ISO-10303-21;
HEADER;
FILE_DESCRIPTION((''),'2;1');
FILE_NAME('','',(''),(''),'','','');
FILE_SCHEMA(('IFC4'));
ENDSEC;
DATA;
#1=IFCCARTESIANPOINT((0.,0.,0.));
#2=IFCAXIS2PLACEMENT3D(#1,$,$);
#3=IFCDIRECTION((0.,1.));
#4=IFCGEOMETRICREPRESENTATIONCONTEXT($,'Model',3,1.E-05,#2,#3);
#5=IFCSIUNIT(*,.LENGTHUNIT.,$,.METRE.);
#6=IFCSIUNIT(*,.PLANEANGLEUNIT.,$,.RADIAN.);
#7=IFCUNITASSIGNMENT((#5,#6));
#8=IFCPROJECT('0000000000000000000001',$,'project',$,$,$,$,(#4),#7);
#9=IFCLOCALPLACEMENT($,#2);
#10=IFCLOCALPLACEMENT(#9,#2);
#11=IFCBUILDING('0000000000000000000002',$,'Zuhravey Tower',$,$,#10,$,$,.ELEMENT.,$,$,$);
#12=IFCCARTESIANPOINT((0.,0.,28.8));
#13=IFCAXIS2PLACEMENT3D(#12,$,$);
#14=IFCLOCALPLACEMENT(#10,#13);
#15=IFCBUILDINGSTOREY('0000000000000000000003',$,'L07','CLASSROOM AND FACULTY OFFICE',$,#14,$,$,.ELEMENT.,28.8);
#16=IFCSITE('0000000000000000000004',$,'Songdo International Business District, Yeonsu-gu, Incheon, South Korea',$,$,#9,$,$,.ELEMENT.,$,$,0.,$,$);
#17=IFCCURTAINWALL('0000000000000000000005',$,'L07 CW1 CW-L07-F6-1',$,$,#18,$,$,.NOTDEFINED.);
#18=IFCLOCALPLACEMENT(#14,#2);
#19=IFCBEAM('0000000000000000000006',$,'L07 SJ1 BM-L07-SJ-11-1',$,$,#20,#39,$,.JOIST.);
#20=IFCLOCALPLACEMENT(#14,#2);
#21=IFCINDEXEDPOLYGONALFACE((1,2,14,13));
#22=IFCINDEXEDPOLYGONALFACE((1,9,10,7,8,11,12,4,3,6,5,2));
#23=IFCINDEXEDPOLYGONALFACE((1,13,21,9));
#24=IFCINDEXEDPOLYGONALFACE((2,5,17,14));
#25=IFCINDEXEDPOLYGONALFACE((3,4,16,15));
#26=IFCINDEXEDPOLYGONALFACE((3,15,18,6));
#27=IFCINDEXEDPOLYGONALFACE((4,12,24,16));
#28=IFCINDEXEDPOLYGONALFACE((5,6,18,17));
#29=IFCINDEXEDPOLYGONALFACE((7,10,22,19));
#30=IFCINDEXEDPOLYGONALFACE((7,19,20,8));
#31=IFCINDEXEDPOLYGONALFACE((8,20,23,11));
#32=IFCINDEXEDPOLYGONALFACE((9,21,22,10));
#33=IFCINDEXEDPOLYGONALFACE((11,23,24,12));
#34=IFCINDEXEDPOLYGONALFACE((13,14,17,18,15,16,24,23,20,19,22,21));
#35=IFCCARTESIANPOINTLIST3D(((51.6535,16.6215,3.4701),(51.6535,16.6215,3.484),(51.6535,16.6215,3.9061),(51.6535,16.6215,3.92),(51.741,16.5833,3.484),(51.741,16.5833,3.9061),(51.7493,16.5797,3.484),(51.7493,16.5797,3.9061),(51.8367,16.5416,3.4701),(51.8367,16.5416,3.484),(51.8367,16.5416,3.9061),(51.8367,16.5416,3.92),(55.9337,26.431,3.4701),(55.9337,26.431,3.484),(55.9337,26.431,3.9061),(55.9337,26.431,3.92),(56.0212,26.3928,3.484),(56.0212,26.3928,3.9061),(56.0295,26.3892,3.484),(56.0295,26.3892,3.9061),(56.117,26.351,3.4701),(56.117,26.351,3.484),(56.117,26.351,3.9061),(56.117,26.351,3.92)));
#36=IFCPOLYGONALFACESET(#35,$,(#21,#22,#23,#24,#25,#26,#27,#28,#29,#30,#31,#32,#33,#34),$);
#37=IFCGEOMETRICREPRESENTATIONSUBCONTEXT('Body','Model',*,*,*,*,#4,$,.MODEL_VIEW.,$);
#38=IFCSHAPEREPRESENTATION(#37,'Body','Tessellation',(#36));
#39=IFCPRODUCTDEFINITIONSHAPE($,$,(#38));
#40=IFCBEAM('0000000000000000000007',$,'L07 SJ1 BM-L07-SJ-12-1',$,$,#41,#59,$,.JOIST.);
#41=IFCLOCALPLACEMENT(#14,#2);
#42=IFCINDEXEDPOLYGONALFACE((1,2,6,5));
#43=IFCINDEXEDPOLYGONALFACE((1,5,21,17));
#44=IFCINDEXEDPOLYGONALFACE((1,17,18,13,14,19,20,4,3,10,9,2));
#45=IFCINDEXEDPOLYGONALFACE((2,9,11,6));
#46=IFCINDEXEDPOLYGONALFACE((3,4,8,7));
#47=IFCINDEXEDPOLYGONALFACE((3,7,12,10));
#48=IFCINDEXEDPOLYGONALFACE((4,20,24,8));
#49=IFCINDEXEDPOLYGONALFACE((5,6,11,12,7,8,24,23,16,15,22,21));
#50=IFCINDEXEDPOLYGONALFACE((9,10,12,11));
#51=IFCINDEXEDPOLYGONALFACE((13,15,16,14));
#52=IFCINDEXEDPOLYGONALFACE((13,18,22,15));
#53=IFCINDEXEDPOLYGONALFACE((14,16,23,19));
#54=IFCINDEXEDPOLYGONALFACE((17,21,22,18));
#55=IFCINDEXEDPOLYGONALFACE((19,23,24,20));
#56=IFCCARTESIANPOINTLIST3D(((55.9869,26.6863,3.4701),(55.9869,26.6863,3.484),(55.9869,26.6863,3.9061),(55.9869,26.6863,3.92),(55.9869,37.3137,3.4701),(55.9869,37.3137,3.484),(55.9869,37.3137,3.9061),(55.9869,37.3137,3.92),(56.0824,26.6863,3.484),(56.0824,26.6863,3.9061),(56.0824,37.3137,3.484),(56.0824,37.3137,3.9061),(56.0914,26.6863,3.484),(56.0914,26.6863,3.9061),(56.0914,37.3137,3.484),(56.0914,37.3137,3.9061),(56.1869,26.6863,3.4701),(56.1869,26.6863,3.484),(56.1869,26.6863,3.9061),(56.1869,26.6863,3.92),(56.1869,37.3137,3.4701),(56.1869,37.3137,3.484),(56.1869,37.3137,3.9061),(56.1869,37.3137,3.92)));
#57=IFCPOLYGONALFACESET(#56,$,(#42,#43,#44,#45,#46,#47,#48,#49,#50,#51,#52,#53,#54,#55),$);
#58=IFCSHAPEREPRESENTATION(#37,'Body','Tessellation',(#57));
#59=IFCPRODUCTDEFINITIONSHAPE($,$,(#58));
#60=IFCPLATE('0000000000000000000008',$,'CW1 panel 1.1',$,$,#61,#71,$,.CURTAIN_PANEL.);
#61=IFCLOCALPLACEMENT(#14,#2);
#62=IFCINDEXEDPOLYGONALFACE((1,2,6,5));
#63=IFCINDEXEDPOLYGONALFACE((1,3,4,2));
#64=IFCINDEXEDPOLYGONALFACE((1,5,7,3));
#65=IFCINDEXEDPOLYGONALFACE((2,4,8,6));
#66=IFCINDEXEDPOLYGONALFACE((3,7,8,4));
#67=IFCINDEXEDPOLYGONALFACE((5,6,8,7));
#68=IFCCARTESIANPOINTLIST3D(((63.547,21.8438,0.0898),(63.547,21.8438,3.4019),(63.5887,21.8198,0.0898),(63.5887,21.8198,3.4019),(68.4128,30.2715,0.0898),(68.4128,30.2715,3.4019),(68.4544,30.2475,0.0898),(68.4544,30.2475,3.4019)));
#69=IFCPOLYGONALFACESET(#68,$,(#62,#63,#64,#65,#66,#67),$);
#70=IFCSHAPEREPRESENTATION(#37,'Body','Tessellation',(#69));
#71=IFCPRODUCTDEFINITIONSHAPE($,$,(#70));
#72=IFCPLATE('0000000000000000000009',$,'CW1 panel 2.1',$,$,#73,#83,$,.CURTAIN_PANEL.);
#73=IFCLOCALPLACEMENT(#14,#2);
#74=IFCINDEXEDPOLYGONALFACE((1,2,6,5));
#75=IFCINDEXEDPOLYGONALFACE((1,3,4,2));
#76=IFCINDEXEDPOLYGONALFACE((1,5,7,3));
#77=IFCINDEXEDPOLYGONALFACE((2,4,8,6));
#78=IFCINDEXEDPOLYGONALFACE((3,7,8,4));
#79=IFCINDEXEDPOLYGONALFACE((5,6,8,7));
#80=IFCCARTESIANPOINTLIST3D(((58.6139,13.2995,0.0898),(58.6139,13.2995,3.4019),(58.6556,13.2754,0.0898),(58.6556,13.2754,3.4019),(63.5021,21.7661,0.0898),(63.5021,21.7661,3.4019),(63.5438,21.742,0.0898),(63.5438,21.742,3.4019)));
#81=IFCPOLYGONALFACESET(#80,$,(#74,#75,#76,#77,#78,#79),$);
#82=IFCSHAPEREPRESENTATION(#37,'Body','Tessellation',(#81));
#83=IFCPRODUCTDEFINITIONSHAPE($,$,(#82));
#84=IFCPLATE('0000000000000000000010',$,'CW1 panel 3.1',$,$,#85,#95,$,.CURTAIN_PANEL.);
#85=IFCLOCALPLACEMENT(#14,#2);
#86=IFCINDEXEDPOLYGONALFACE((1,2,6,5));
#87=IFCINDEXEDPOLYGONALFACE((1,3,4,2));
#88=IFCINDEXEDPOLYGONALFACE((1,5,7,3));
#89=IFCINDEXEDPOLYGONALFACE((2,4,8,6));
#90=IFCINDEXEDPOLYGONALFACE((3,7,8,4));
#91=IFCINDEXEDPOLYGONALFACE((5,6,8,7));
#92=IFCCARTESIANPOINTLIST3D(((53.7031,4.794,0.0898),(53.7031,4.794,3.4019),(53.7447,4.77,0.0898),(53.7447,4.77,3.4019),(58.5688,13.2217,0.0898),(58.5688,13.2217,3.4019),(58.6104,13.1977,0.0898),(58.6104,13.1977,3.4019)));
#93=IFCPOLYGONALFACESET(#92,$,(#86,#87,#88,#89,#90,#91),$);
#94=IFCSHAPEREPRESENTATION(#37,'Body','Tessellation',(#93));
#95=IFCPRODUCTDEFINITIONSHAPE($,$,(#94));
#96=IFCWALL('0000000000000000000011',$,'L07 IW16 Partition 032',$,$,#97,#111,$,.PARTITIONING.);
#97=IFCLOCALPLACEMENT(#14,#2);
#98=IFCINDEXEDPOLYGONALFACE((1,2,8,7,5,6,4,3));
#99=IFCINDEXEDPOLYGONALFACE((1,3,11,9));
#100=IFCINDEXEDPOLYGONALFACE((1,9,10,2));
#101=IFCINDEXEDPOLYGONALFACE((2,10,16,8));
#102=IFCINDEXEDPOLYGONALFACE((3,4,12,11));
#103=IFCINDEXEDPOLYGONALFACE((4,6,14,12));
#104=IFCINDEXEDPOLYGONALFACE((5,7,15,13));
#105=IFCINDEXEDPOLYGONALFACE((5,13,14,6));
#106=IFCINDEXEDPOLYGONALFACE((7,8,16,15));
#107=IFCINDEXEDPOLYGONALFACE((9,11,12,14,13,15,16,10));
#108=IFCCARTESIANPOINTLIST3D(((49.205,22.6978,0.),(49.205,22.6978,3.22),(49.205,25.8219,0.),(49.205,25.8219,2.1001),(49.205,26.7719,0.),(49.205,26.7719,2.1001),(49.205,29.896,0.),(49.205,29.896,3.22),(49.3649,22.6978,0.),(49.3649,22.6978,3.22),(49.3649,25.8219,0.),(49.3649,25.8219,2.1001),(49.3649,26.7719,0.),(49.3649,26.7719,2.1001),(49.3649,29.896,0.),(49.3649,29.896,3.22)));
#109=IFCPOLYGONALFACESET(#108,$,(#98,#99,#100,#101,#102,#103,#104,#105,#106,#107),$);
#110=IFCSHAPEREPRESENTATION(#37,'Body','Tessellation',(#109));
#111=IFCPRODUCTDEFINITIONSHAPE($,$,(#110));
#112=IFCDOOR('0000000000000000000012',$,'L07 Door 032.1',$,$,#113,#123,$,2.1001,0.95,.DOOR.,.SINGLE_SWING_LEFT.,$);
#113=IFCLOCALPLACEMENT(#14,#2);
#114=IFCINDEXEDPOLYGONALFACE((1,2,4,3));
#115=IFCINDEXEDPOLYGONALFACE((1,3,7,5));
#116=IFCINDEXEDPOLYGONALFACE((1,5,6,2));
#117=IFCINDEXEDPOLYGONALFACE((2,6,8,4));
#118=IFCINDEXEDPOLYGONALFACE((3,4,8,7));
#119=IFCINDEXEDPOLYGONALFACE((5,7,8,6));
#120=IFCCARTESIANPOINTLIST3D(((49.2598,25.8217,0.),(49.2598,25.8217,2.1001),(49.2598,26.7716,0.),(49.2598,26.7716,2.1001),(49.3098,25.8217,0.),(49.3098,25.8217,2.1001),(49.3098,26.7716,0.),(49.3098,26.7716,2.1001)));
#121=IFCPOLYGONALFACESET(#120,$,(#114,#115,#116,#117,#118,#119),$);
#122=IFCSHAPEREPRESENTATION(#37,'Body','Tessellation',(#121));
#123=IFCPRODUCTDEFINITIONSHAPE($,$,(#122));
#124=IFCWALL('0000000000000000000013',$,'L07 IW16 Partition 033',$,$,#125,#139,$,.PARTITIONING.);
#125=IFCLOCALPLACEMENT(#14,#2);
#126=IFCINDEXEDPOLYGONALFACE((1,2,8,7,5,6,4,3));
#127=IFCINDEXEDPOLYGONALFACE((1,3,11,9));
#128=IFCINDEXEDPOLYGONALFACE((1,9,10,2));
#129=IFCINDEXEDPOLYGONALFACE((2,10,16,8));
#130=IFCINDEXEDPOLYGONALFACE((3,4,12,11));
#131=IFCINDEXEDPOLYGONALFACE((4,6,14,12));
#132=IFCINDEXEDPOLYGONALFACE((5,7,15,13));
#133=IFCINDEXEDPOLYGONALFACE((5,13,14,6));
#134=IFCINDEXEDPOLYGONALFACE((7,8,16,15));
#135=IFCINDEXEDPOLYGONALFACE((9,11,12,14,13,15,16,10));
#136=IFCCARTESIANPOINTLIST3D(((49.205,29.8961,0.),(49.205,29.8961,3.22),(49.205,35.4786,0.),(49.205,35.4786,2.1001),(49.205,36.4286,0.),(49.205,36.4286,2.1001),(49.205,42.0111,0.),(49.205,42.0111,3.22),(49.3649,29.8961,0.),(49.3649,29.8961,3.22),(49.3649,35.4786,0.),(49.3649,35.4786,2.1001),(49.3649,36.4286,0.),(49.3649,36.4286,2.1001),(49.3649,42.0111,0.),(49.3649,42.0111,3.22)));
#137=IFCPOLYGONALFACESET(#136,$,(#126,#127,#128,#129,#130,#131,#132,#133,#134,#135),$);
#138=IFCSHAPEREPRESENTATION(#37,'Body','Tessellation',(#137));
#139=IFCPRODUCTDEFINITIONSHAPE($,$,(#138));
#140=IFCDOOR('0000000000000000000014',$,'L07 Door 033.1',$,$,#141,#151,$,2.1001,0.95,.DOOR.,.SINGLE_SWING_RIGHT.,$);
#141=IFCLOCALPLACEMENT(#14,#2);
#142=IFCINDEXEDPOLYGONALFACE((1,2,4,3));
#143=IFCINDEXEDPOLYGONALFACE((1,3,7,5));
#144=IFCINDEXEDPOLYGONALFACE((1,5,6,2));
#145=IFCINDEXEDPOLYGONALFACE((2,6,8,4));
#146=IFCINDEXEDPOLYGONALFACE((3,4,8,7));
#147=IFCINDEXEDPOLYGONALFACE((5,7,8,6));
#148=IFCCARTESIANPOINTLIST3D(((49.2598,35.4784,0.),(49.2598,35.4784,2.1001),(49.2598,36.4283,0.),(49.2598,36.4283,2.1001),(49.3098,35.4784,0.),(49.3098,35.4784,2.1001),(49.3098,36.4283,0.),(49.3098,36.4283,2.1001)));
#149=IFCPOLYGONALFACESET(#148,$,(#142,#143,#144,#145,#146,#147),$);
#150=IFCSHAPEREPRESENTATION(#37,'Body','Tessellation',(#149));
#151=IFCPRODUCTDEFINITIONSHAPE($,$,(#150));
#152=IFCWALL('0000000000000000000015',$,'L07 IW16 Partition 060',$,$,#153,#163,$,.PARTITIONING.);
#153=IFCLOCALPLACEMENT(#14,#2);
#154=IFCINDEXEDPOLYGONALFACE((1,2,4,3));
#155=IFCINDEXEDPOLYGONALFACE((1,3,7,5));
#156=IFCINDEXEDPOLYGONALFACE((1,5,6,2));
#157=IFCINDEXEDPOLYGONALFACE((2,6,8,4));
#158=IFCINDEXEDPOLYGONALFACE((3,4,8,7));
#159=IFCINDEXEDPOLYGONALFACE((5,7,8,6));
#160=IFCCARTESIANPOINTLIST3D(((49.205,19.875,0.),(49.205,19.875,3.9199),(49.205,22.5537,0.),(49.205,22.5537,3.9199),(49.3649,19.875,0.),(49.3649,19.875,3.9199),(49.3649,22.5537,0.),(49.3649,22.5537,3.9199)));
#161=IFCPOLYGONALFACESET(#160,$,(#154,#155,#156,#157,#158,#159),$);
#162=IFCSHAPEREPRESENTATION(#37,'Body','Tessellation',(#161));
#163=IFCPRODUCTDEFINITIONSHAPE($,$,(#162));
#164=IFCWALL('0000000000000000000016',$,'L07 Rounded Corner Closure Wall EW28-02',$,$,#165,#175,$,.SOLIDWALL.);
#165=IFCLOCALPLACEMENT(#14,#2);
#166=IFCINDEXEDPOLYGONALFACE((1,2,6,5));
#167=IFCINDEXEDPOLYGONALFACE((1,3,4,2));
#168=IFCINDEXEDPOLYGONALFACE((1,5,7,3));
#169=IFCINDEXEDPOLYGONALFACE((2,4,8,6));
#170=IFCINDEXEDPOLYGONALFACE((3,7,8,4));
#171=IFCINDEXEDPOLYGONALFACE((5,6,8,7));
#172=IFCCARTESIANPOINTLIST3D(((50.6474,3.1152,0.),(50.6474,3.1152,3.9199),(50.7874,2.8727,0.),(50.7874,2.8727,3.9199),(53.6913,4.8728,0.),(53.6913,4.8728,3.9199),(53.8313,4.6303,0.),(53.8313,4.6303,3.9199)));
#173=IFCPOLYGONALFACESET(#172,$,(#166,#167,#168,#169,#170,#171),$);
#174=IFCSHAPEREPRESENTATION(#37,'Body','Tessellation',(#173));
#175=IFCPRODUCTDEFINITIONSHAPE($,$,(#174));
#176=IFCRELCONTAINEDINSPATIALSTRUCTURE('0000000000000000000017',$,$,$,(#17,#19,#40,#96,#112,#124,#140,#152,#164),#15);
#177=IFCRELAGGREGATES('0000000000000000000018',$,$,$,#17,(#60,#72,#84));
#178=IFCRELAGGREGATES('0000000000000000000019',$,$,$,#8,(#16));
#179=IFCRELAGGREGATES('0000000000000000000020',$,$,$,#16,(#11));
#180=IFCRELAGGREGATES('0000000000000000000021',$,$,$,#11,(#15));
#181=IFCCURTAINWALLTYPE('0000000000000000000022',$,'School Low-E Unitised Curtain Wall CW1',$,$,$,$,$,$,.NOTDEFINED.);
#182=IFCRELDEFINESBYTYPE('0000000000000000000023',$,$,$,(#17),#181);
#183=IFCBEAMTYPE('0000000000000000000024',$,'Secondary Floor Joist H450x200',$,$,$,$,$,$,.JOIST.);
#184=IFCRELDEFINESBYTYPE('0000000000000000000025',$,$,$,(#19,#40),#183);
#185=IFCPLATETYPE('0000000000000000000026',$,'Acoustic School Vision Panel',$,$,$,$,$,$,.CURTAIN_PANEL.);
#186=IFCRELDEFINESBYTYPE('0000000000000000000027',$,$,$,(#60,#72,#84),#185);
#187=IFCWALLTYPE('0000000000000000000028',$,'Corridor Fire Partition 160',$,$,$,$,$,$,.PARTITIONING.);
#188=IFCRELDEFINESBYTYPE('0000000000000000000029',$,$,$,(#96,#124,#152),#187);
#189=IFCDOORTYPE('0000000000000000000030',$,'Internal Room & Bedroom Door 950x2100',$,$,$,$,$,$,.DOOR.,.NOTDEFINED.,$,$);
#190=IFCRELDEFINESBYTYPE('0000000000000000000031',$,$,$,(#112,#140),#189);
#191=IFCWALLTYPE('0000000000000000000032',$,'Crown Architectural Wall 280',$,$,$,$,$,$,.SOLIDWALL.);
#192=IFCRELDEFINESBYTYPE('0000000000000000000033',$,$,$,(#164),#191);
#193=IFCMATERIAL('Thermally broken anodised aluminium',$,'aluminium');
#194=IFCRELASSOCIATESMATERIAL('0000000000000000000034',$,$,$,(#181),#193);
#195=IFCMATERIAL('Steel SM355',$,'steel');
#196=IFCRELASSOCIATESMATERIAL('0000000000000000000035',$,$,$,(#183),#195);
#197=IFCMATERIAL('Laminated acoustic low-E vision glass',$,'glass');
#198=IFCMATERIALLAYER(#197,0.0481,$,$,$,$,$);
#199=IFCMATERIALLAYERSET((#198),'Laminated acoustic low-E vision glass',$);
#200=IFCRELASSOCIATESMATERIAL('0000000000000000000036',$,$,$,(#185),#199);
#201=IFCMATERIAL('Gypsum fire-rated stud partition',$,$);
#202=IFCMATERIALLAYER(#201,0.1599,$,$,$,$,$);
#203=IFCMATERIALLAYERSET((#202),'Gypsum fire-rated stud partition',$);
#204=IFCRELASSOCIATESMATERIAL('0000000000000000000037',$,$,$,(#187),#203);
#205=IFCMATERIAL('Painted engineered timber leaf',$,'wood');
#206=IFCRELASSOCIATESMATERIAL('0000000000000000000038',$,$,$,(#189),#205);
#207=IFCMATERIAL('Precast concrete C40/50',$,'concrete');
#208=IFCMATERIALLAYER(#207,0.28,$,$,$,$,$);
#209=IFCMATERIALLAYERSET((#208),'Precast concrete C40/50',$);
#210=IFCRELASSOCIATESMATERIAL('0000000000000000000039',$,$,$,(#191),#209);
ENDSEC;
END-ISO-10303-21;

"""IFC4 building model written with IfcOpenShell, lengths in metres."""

from ifc_helpers import new_model, si_unit, direction, frame, frame_2d, origin, origin_2d, place, context, subcontext, project, spatial, rectangle, i_section, extrude, material, layer, layer_set, material_profile, profile_set, type_object, element, fill, aggregate, save


model = new_model("IFC4")

# Units and contexts
model_context = context("Model", 3, precision=1e-05, world=origin(), true_north=direction((0.0, 1.0)))
body_context = subcontext(model_context, "Body", "Model", "MODEL_VIEW")
ifc_project = project(units=[si_unit("LENGTHUNIT", "METRE"), si_unit("PLANEANGLEUNIT", "RADIAN")], contexts=[model_context])

# Site, building, storey
site_placement = place(None, origin())
site = spatial("IfcSite", under=ifc_project, at=site_placement, Name="Songdo International Business District, Yeonsu-gu, Incheon, South Korea", CompositionType="ELEMENT", RefElevation=0.0)
building_placement = place(site_placement, origin())
building = spatial("IfcBuilding", under=site, at=building_placement, Name="Zuhravey Tower", CompositionType="ELEMENT")
storey_placement = place(building_placement, frame((0.0, 0.0, 28.8)))
storey = spatial("IfcBuildingStorey", under=building, at=storey_placement, Name="L07", Description="CLASSROOM AND FACULTY OFFICE", CompositionType="ELEMENT", Elevation=28.8)

# Curtain wall
ifc_material_1 = material(Name="Thermally broken anodised aluminium", Category="aluminium")
curtain_wall_type = type_object("IfcCurtainWallType", Name="School Low-E Unitised Curtain Wall CW1", PredefinedType="NOTDEFINED", material=ifc_material_1)
curtain_wall_1_placement = place(storey_placement, origin())
curtain_wall_1 = element("IfcCurtainWall", 1, at=curtain_wall_1_placement, inside=storey, type_object=curtain_wall_type, Name="L07 CW1 CW-L07-F6-1", PredefinedType="NOTDEFINED")

# Beams
ifc_material_2 = material(Name="Steel SM355", Category="steel")
ifc_material_profile_1 = material_profile(ifc_material_2, i_section(OverallWidth=0.2, OverallDepth=0.45, WebThickness=0.009, FlangeThickness=0.0139, at=origin_2d()), Name="H-450x200x9x14")
ifc_profile_set_1 = profile_set([ifc_material_profile_1], Name="Steel SM355")
beam_type_1 = type_object("IfcBeamType", Name="Secondary Floor Joist H450x200", PredefinedType="JOIST", material=ifc_profile_set_1)
beam_1_placement = place(storey_placement, frame((51.7451, 16.5815, 3.6951), z_axis=(0.399924, 0.916549, 0.0), x_axis=(-0.916549, 0.399924, 0.0)))
element("IfcBeam", 2, at=beam_1_placement, inside=storey, type_object=beam_type_1, Name="L07 SJ1 BM-L07-SJ-11-1", PredefinedType="JOIST", context=body_context, shape_type="SweptSolid", body=[
    extrude(i_section(OverallWidth=0.2, OverallDepth=0.45, WebThickness=0.009, FlangeThickness=0.0139, at=origin_2d()), origin(), (0.0, 0.0, 1.0), 10.7026),
])
beam_2_placement = place(storey_placement, frame((56.0869, 26.6863, 3.6951), z_axis=(0.0, 1.0, 0.0), x_axis=(-1.0, 0.0, 0.0)))
element("IfcBeam", 3, at=beam_2_placement, inside=storey, type_object=beam_type_1, Name="L07 SJ1 BM-L07-SJ-12-1", PredefinedType="JOIST", context=body_context, shape_type="SweptSolid", body=[
    extrude(i_section(OverallWidth=0.2, OverallDepth=0.45, WebThickness=0.009, FlangeThickness=0.0139, at=origin_2d()), origin(), (0.0, 0.0, 1.0), 10.6274),
])

# Plates
ifc_material_3 = material(Name="Laminated acoustic low-E vision glass", Category="glass")
ifc_layer_1 = layer(ifc_material_3, 0.0481)
ifc_layer_set_1 = layer_set([ifc_layer_1], Name="Laminated acoustic low-E vision glass")
plate_type = type_object("IfcPlateType", Name="Acoustic School Vision Panel", PredefinedType="CURTAIN_PANEL", material=ifc_layer_set_1)
plate_1_placement = place(storey_placement, frame((66.0007, 26.0457, 0.0898), z_axis=(0.0, 0.0, 1.0), x_axis=(-0.5, -0.866026, 0.0)))
plate_1 = element("IfcPlate", 4, at=plate_1_placement, type_object=plate_type, Name="CW1 panel 1.1", PredefinedType="CURTAIN_PANEL", context=body_context, shape_type="SweptSolid", body=[
    extrude(rectangle(XDim=9.7314, YDim=0.0481, at=origin_2d()), origin(), (0.0, 0.0, 1.0), 3.312),
])
plate_2_placement = place(storey_placement, frame((61.0789, 17.5208, 0.0898), z_axis=(0.0, 0.0, 1.0), x_axis=(-0.5, -0.866026, 0.0)))
plate_2 = element("IfcPlate", 5, at=plate_2_placement, type_object=plate_type, Name="CW1 panel 2.1", PredefinedType="CURTAIN_PANEL", context=body_context, shape_type="SweptSolid", body=[
    extrude(rectangle(XDim=9.7764, YDim=0.0481, at=origin_2d()), origin(), (0.0, 0.0, 1.0), 3.312),
])
plate_3_placement = place(storey_placement, frame((56.1567, 8.9958, 0.0898), z_axis=(0.0, 0.0, 1.0), x_axis=(-0.5, -0.866026, 0.0)))
plate_3 = element("IfcPlate", 6, at=plate_3_placement, type_object=plate_type, Name="CW1 panel 3.1", PredefinedType="CURTAIN_PANEL", context=body_context, shape_type="SweptSolid", body=[
    extrude(rectangle(XDim=9.7314, YDim=0.0481, at=origin_2d()), origin(), (0.0, 0.0, 1.0), 3.312),
])
aggregate(curtain_wall_1, [plate_1, plate_2, plate_3])

# Walls, openings, doors
ifc_material_4 = material(Name="Gypsum fire-rated stud partition")
ifc_layer_2 = layer(ifc_material_4, 0.1599)
ifc_layer_set_2 = layer_set([ifc_layer_2], Name="Gypsum fire-rated stud partition")
wall_type_1 = type_object("IfcWallType", Name="Corridor Fire Partition 160", PredefinedType="PARTITIONING", material=ifc_layer_set_2)
wall_1_placement = place(storey_placement, frame((49.2849, 22.6978, 0.0), z_axis=(0.0, 0.0, 1.0), x_axis=(0.0, 1.0, 0.0)))
wall_1 = element("IfcWall", 7, at=wall_1_placement, inside=storey, type_object=wall_type_1, Name="L07 IW16 Partition 032", PredefinedType="PARTITIONING", context=body_context, shape_type="SweptSolid", body=[
    extrude(rectangle(XDim=7.1982, YDim=0.1599, at=frame_2d((3.5991, 0.0))), origin(), (0.0, 0.0, 1.0), 3.22),
])
opening_1_placement = place(wall_1_placement, frame((3.124, 0.0, 0.0)))
opening_1 = element("IfcOpeningElement", 8, at=opening_1_placement, cuts=wall_1, PredefinedType="OPENING", context=body_context, shape_type="SweptSolid", body=[
    extrude(rectangle(XDim=0.95, YDim=2.1001, at=frame_2d((0.4751, 1.05))), frame((0.0, 0.092, 0.0), z_axis=(0.0, -1.0, 0.0), x_axis=(1.0, 0.0, 0.0)), (0.0, 0.0, 1.0), 0.1838),
])
ifc_material_5 = material(Name="Painted engineered timber leaf", Category="wood")
door_type = type_object("IfcDoorType", Name="Internal Room & Bedroom Door 950x2100", OperationType="NOTDEFINED", PredefinedType="DOOR", material=ifc_material_5)
door_1_placement = place(opening_1_placement, frame((0.95, 0.0, 0.0), z_axis=(0.0, 0.0, 1.0), x_axis=(-1.0, 0.0, 0.0)))
door_1 = element("IfcDoor", 9, at=door_1_placement, inside=storey, type_object=door_type, Name="L07 Door 032.1", OperationType="SINGLE_SWING_LEFT", OverallHeight=2.1001, OverallWidth=0.95, PredefinedType="DOOR", context=body_context, shape_type="SweptSolid", body=[
    extrude(rectangle(XDim=0.95, YDim=2.1001, at=frame_2d((0.4751, 1.05))), frame((0.0, 0.0249, 0.0), z_axis=(0.0, -1.0, 0.0), x_axis=(1.0, 0.0, 0.0)), (0.0, 0.0, 1.0), 0.05),
])
fill(opening_1, door_1)
wall_2_placement = place(storey_placement, frame((49.2849, 29.896, 0.0), z_axis=(0.0, 0.0, 1.0), x_axis=(0.0, 1.0, 0.0)))
wall_2 = element("IfcWall", 10, at=wall_2_placement, inside=storey, type_object=wall_type_1, Name="L07 IW16 Partition 033", PredefinedType="PARTITIONING", context=body_context, shape_type="SweptSolid", body=[
    extrude(rectangle(XDim=12.115, YDim=0.1599, at=frame_2d((6.0576, 0.0))), origin(), (0.0, 0.0, 1.0), 3.22),
])
opening_2_placement = place(wall_2_placement, frame((5.5825, 0.0, 0.0)))
opening_2 = element("IfcOpeningElement", 11, at=opening_2_placement, cuts=wall_2, PredefinedType="OPENING", context=body_context, shape_type="SweptSolid", body=[
    extrude(rectangle(XDim=0.95, YDim=2.1001, at=frame_2d((0.4751, 1.05))), frame((0.0, 0.092, 0.0), z_axis=(0.0, -1.0, 0.0), x_axis=(1.0, 0.0, 0.0)), (0.0, 0.0, 1.0), 0.1838),
])
door_2_placement = place(opening_2_placement, frame((0.95, 0.0, 0.0), z_axis=(0.0, 0.0, 1.0), x_axis=(-1.0, 0.0, 0.0)))
door_2 = element("IfcDoor", 12, at=door_2_placement, inside=storey, type_object=door_type, Name="L07 Door 033.1", OperationType="SINGLE_SWING_RIGHT", OverallHeight=2.1001, OverallWidth=0.95, PredefinedType="DOOR", context=body_context, shape_type="SweptSolid", body=[
    extrude(rectangle(XDim=0.95, YDim=2.1001, at=frame_2d((0.4751, 1.05))), frame((0.0, 0.0249, 0.0), z_axis=(0.0, -1.0, 0.0), x_axis=(1.0, 0.0, 0.0)), (0.0, 0.0, 1.0), 0.05),
])
fill(opening_2, door_2)

# Walls
wall_3_placement = place(storey_placement, frame((49.2849, 19.875, 0.0), z_axis=(0.0, 0.0, 1.0), x_axis=(0.0, 1.0, 0.0)))
element("IfcWall", 13, at=wall_3_placement, inside=storey, type_object=wall_type_1, Name="L07 IW16 Partition 060", PredefinedType="PARTITIONING", context=body_context, shape_type="SweptSolid", body=[
    extrude(rectangle(XDim=2.6787, YDim=0.1599, at=frame_2d((1.3394, 0.0))), origin(), (0.0, 0.0, 1.0), 3.9199),
])
ifc_material_6 = material(Name="Precast concrete C40/50", Category="concrete")
ifc_layer_3 = layer(ifc_material_6, 0.28)
ifc_layer_set_3 = layer_set([ifc_layer_3], Name="Precast concrete C40/50")
wall_type_2 = type_object("IfcWallType", Name="Crown Architectural Wall 280", PredefinedType="SOLIDWALL", material=ifc_layer_set_3)
wall_4_placement = place(storey_placement, frame((53.7612, 4.7515, 0.0), z_axis=(0.0, 0.0, 1.0), x_axis=(-0.866007, -0.500031, 0.0)))
element("IfcWall", 14, at=wall_4_placement, inside=storey, type_object=wall_type_2, Name="L07 Rounded Corner Closure Wall EW28-02", PredefinedType="SOLIDWALL", context=body_context, shape_type="SweptSolid", body=[
    extrude(rectangle(XDim=3.5149, YDim=0.28, at=frame_2d((1.7573, 0.0))), origin(), (0.0, 0.0, 1.0), 3.9199),
])

save(model, "model.ifc")
